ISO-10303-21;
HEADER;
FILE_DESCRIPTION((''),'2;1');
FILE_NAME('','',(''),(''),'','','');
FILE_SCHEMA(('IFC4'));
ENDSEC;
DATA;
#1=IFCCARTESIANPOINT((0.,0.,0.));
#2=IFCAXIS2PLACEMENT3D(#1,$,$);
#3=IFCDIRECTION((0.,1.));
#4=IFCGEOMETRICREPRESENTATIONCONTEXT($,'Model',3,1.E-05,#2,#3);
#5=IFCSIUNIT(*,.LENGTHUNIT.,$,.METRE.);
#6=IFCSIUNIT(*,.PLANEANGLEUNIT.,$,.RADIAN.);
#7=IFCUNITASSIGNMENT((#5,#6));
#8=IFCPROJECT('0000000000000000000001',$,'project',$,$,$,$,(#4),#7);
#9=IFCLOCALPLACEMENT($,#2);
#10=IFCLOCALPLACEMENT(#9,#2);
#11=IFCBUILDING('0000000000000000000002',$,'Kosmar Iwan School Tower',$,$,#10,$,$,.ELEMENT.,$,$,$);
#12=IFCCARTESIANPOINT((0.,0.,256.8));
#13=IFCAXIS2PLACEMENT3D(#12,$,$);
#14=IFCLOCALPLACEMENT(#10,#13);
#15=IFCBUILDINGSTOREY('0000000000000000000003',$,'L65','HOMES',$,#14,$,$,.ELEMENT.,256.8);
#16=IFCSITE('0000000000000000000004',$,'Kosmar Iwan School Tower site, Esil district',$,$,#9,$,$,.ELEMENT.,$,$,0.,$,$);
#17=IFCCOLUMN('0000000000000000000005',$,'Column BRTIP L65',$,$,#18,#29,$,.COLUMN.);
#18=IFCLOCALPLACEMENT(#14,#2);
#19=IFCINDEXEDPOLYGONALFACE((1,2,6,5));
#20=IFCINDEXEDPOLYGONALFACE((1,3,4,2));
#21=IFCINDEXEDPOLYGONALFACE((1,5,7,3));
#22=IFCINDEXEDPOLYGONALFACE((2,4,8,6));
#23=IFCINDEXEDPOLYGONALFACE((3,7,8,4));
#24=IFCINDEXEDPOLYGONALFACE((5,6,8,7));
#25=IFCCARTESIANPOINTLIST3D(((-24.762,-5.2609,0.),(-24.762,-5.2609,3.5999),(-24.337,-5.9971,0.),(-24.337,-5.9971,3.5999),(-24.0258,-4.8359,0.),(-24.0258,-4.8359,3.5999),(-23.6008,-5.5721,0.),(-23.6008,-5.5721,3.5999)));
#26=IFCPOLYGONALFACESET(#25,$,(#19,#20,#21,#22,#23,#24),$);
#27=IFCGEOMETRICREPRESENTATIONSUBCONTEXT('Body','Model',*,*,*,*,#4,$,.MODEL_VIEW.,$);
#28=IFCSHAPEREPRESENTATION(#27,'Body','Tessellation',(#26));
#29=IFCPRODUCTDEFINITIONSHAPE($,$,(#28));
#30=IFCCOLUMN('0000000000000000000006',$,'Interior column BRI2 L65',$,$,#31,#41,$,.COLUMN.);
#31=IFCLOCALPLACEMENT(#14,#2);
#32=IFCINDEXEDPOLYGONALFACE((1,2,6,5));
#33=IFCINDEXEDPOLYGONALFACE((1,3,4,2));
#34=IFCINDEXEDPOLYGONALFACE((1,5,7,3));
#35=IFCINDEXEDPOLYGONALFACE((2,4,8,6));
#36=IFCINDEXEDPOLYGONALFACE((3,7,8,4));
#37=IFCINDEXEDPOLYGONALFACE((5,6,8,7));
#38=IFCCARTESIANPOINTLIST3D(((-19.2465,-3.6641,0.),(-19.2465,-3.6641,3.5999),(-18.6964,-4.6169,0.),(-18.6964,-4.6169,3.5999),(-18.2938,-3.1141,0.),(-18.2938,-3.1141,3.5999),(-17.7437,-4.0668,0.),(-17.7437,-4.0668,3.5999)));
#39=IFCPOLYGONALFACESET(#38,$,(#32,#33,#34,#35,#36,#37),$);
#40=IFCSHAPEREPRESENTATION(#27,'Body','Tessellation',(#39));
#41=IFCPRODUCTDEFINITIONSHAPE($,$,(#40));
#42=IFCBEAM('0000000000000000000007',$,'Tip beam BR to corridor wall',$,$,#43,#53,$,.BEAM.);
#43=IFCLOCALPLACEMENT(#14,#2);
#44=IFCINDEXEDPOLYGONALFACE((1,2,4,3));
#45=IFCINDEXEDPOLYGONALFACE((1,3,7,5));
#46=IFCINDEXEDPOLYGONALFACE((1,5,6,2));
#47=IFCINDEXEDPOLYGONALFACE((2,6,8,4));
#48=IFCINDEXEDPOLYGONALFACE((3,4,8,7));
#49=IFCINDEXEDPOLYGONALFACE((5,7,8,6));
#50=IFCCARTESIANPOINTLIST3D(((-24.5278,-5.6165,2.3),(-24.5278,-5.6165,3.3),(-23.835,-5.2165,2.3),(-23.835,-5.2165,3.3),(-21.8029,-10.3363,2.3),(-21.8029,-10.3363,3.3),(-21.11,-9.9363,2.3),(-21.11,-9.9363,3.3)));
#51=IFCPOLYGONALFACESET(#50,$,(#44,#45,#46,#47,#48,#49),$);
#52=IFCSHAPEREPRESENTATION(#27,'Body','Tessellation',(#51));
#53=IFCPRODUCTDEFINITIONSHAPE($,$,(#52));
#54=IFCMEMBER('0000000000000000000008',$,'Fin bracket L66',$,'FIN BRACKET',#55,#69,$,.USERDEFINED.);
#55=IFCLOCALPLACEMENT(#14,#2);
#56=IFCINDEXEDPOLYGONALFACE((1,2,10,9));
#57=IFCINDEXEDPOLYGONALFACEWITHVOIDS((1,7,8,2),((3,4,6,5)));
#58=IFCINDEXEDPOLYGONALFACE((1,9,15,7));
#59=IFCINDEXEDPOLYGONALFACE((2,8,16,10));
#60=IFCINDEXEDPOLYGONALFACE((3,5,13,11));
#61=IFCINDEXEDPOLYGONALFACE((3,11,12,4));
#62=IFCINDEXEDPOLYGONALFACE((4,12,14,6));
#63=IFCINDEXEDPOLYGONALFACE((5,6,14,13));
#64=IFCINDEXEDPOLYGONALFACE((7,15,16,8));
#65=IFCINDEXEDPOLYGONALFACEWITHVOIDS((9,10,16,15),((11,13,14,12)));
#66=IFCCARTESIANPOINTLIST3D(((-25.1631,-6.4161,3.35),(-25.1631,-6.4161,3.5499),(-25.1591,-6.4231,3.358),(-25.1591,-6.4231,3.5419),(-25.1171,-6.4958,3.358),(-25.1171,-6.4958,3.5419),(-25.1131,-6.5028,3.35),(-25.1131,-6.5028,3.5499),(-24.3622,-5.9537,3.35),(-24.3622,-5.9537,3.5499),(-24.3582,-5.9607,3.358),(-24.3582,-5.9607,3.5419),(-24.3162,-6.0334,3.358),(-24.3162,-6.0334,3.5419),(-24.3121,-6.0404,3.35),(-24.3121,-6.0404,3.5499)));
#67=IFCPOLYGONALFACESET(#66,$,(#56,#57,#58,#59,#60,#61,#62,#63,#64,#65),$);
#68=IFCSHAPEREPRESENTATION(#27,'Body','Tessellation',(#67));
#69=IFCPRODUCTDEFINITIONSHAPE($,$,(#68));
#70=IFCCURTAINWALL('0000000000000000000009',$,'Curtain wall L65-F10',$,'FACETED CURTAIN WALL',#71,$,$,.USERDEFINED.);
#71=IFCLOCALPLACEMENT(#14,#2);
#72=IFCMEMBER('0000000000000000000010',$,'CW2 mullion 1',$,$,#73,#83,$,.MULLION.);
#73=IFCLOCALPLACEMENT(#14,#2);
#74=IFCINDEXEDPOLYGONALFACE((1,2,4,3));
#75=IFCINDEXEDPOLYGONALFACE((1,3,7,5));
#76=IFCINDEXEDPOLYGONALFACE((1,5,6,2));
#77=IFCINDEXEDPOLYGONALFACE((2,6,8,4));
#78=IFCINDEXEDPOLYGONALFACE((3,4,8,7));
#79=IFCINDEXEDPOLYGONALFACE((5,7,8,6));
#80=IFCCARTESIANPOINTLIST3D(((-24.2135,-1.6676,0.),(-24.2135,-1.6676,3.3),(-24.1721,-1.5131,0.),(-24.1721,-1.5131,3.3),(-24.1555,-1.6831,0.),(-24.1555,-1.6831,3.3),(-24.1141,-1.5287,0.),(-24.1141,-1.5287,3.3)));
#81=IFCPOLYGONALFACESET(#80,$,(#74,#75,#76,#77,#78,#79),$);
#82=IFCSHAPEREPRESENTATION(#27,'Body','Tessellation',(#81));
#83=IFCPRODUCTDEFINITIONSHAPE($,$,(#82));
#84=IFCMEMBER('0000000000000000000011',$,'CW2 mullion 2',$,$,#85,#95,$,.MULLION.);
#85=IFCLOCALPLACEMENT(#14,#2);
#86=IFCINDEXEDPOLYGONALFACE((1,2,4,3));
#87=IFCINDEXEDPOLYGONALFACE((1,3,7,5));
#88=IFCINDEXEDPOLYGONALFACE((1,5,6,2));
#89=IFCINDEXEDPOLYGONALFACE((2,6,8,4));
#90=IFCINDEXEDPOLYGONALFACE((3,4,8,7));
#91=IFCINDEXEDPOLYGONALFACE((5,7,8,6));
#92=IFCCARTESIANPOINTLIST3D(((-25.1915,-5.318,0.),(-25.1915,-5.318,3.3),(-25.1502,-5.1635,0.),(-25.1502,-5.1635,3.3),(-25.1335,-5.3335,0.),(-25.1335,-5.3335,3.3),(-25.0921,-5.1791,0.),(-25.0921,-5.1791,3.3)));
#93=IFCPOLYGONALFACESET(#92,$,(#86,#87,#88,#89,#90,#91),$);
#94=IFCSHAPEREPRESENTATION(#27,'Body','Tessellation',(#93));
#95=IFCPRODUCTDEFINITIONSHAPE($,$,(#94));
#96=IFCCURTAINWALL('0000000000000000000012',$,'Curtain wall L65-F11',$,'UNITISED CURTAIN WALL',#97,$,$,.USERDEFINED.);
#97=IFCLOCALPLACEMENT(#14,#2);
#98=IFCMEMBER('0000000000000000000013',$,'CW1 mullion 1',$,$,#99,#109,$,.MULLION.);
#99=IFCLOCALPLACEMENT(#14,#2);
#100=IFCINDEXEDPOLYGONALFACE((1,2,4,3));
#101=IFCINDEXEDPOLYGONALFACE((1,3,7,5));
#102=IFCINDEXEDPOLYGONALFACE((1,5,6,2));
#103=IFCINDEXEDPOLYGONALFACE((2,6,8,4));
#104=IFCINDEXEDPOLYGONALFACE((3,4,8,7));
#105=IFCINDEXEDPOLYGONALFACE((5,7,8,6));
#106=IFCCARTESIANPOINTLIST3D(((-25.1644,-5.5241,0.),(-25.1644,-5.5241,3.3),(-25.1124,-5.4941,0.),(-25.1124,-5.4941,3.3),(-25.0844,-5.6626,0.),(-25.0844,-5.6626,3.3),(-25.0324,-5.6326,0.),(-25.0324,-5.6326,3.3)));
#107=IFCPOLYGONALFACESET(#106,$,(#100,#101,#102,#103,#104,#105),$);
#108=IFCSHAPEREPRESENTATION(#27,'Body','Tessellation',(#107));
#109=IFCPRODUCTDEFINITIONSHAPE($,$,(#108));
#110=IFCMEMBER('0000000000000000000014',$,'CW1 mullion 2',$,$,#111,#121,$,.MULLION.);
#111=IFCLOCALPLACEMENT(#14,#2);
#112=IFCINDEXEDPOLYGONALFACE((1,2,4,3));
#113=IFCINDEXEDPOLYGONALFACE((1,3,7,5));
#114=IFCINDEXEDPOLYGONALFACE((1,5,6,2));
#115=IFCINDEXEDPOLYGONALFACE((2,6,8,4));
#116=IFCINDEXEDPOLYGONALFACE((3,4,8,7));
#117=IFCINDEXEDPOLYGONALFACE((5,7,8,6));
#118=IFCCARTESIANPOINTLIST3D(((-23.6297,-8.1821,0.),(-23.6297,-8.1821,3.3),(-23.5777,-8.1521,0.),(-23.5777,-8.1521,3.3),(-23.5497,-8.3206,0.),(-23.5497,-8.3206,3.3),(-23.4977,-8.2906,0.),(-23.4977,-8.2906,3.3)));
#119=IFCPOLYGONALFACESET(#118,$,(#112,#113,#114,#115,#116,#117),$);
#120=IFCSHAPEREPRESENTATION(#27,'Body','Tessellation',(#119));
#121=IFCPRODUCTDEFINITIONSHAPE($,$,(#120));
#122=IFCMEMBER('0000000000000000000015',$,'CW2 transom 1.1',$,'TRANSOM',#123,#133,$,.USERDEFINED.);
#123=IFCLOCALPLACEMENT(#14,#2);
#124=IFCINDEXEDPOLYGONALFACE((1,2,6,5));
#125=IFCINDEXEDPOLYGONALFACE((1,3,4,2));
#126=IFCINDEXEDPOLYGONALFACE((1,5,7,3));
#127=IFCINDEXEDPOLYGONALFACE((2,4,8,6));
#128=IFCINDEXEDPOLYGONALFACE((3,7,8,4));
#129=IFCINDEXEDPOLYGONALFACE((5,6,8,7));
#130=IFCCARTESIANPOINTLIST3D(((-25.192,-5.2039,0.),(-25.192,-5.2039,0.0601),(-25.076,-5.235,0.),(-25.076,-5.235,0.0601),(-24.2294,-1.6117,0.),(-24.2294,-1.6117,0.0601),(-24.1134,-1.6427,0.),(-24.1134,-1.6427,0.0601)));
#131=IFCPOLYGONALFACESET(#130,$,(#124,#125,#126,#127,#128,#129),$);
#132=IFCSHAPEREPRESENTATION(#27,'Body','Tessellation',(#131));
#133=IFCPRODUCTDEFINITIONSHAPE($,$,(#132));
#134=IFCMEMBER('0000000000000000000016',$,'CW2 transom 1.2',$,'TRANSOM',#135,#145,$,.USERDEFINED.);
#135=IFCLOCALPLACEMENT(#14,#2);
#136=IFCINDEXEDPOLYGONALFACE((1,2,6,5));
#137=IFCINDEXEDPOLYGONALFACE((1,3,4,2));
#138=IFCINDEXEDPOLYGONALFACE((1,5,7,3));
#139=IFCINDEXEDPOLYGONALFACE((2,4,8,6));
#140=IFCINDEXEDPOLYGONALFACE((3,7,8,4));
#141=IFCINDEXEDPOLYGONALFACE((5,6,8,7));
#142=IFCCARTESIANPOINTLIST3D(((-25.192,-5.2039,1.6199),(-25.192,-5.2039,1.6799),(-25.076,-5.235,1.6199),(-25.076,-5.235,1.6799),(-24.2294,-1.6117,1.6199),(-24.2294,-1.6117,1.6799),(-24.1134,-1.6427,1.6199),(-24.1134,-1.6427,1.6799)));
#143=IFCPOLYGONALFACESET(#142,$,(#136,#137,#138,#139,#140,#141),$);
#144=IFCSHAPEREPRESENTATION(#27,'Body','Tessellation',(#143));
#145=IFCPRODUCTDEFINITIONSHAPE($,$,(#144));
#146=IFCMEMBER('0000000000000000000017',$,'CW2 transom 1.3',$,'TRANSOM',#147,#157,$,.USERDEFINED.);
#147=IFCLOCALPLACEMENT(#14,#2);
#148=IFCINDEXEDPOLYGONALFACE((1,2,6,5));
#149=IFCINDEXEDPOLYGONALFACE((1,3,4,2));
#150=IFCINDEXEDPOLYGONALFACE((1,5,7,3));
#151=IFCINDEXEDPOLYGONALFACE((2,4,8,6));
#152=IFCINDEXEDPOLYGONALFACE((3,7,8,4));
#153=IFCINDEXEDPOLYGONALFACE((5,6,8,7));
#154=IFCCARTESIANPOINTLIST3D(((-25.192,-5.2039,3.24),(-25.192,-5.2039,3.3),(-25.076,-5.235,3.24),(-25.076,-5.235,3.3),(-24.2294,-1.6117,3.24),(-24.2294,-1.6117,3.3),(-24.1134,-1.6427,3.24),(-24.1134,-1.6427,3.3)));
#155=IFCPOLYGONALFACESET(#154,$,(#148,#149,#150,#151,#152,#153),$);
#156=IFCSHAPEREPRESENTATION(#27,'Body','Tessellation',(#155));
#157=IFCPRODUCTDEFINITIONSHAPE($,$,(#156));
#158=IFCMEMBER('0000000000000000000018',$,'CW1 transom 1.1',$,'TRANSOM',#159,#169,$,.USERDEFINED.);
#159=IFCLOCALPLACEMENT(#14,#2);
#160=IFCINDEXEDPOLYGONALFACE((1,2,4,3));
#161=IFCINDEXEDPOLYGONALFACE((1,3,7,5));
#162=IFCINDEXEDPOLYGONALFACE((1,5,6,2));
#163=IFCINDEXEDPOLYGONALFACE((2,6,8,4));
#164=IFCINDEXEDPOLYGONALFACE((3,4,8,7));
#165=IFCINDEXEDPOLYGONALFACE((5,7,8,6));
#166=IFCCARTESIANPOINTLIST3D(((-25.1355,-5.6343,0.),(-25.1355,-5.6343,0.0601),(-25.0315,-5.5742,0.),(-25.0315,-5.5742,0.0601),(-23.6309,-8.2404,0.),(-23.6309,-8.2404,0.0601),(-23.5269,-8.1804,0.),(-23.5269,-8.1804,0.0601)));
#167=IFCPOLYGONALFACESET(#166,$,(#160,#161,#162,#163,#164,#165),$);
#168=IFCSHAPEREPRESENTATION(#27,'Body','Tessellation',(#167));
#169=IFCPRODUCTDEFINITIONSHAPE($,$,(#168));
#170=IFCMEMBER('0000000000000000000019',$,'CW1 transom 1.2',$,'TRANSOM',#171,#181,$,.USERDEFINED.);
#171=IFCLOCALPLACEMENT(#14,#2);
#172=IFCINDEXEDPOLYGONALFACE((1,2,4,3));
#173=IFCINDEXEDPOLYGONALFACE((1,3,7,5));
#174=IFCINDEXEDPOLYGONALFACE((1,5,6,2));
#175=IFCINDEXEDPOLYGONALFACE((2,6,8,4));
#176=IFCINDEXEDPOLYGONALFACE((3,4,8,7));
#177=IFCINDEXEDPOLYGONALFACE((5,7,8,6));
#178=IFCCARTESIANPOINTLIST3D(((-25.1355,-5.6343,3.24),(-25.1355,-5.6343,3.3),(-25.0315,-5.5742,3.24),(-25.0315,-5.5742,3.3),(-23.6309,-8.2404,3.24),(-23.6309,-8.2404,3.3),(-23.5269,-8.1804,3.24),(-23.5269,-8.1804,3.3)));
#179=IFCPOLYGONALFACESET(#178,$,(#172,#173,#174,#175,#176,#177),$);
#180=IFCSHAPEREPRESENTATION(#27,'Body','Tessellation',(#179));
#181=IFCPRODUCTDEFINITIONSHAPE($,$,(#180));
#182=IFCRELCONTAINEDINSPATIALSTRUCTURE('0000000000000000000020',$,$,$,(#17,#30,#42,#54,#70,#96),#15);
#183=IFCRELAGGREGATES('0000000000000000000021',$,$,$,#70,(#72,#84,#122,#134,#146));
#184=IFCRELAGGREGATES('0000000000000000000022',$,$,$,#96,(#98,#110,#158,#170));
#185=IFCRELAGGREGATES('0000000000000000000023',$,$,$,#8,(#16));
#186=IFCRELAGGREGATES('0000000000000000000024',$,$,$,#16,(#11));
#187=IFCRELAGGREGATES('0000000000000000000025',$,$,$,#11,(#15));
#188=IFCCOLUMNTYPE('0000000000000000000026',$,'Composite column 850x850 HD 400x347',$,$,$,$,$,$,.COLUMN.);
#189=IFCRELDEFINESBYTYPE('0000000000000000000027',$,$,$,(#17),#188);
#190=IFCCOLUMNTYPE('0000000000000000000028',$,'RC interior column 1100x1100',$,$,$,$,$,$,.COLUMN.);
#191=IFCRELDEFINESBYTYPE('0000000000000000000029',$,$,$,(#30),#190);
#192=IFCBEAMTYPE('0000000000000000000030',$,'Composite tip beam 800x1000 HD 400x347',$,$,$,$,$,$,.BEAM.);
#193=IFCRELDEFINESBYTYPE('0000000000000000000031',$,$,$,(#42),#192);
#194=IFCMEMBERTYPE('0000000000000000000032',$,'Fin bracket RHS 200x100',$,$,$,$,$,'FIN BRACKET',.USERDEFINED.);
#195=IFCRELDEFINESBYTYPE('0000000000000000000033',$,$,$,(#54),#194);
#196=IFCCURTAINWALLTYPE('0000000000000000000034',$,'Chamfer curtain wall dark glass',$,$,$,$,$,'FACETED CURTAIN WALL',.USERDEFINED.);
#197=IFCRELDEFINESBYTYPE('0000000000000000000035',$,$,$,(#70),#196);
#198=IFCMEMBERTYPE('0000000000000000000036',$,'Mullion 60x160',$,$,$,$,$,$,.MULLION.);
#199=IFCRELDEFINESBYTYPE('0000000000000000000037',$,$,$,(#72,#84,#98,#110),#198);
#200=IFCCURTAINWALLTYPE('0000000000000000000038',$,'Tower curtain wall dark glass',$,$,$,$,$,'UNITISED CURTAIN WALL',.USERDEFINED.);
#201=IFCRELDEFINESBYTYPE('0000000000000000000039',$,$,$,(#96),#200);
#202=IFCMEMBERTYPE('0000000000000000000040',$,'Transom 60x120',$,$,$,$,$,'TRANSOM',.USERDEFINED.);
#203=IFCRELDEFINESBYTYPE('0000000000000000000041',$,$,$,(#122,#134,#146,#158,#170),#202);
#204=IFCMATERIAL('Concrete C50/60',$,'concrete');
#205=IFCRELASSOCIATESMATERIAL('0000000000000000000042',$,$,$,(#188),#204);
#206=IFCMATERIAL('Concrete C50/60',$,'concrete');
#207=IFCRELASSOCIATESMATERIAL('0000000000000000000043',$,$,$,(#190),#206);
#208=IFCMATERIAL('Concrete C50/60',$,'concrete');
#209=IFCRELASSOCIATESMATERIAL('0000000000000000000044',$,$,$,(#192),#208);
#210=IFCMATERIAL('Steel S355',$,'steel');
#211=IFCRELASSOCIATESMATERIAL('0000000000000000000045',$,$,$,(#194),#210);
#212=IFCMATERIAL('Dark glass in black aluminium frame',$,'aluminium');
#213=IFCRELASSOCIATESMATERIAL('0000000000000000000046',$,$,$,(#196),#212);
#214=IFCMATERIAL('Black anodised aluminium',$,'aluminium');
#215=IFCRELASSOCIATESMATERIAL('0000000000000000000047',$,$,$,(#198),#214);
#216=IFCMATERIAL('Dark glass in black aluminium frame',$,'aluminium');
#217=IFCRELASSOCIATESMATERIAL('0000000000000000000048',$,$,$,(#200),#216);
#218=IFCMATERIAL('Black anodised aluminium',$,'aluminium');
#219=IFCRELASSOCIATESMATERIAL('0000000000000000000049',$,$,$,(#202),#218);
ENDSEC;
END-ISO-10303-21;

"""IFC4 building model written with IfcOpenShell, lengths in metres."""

from ifc_helpers import new_model, si_unit, direction, frame, origin, origin_2d, place, context, subcontext, project, spatial, rectangle, hollow_rectangle, extrude, material, material_profile, profile_set, type_object, element, aggregate, save


model = new_model("IFC4")

# Units and contexts
model_context = context("Model", 3, precision=1e-05, world=origin(), true_north=direction((0.0, 1.0)))
body_context = subcontext(model_context, "Body", "Model", "MODEL_VIEW")
ifc_project = project(units=[si_unit("LENGTHUNIT", "METRE"), si_unit("PLANEANGLEUNIT", "RADIAN")], contexts=[model_context])

# Site, building, storey
site_placement = place(None, origin())
site = spatial("IfcSite", under=ifc_project, at=site_placement, Name="Kosmar Iwan School Tower site, Esil district", CompositionType="ELEMENT", RefElevation=0.0)
building_placement = place(site_placement, origin())
building = spatial("IfcBuilding", under=site, at=building_placement, Name="Kosmar Iwan School Tower", CompositionType="ELEMENT")
storey_placement = place(building_placement, frame((0.0, 0.0, 256.8)))
storey = spatial("IfcBuildingStorey", under=building, at=storey_placement, Name="L65", Description="HOMES", CompositionType="ELEMENT", Elevation=256.8)

# Columns
ifc_material_1 = material(Name="Concrete C50/60", Category="concrete")
ifc_material_profile_1 = material_profile(ifc_material_1, rectangle(XDim=0.8501, YDim=0.8501, at=origin_2d()), Name="RC 850x850 + HD 400x347")
ifc_profile_set_1 = profile_set([ifc_material_profile_1], Name="Concrete C50/60")
column_type_1 = type_object("IfcColumnType", Name="Composite column 850x850 HD 400x347", PredefinedType="COLUMN", material=ifc_profile_set_1)
column_1_placement = place(storey_placement, frame((-24.1814, -5.4165, 0.0), z_axis=(0.0, 0.0, 1.0), x_axis=(-0.866025, -0.5, 0.0)))
element("IfcColumn", 1, at=column_1_placement, inside=storey, type_object=column_type_1, Name="Column BRTIP L65", PredefinedType="COLUMN", context=body_context, shape_type="SweptSolid", body=[
    extrude(rectangle(XDim=0.8501, YDim=0.8501, at=origin_2d()), origin(), (0.0, 0.0, 1.0), 3.5999),
])
ifc_material_2 = material(Name="Concrete C50/60", Category="concrete")
ifc_material_profile_2 = material_profile(ifc_material_2, rectangle(XDim=1.1001, YDim=1.1001, at=origin_2d()), Name="RC 1100x1100")
ifc_profile_set_2 = profile_set([ifc_material_profile_2], Name="Concrete C50/60")
column_type_2 = type_object("IfcColumnType", Name="RC interior column 1100x1100", PredefinedType="COLUMN", material=ifc_profile_set_2)
column_2_placement = place(storey_placement, frame((-18.4951, -3.8655, 0.0), z_axis=(0.0, 0.0, 1.0), x_axis=(-0.866025, -0.5, 0.0)))
element("IfcColumn", 2, at=column_2_placement, inside=storey, type_object=column_type_2, Name="Interior column BRI2 L65", PredefinedType="COLUMN", context=body_context, shape_type="SweptSolid", body=[
    extrude(rectangle(XDim=1.1001, YDim=1.1001, at=origin_2d()), origin(), (0.0, 0.0, 1.0), 3.5999),
])

# Beam
ifc_material_3 = material(Name="Concrete C50/60", Category="concrete")
ifc_material_profile_3 = material_profile(ifc_material_3, rectangle(XDim=0.8, YDim=1.0, at=origin_2d()), Name="RC 800x1000 + HD 400x347")
ifc_profile_set_3 = profile_set([ifc_material_profile_3], Name="Concrete C50/60")
beam_type = type_object("IfcBeamType", Name="Composite tip beam 800x1000 HD 400x347", PredefinedType="BEAM", material=ifc_profile_set_3)
beam_placement = place(storey_placement, frame((-24.1814, -5.4165, 2.8), z_axis=(0.499989, -0.866032, 0.0), x_axis=(0.866032, 0.499989, 0.0)))
element("IfcBeam", 3, at=beam_placement, inside=storey, type_object=beam_type, Name="Tip beam BR to corridor wall", PredefinedType="BEAM", context=body_context, shape_type="SweptSolid", body=[
    extrude(rectangle(XDim=0.8, YDim=1.0, at=origin_2d()), origin(), (0.0, 0.0, 1.0), 5.45),
])

# Member
ifc_material_4 = material(Name="Steel S355", Category="steel")
ifc_material_profile_4 = material_profile(ifc_material_4, hollow_rectangle(XDim=0.1001, YDim=0.2, WallThickness=0.0081, at=origin_2d()), Name="RHS 200x100x8")
ifc_profile_set_4 = profile_set([ifc_material_profile_4], Name="Steel S355")
member_type_1 = type_object("IfcMemberType", Name="Fin bracket RHS 200x100", ElementType="FIN BRACKET", PredefinedType="USERDEFINED", material=ifc_profile_set_4)
member_1_placement = place(storey_placement, frame((-24.3372, -5.9971, 3.45), z_axis=(-0.866058, -0.499943, 0.0), x_axis=(0.499943, -0.866058, 0.0)))
element("IfcMember", 4, at=member_1_placement, inside=storey, type_object=member_type_1, Name="Fin bracket L66", ObjectType="FIN BRACKET", PredefinedType="USERDEFINED", context=body_context, shape_type="SweptSolid", body=[
    extrude(hollow_rectangle(XDim=0.1001, YDim=0.2, WallThickness=0.0081, at=origin_2d()), origin(), (0.0, 0.0, 1.0), 0.9248),
])

# Curtain walls, members
ifc_material_5 = material(Name="Dark glass in black aluminium frame", Category="aluminium")
curtain_wall_type_1 = type_object("IfcCurtainWallType", Name="Chamfer curtain wall dark glass", ElementType="FACETED CURTAIN WALL", PredefinedType="USERDEFINED", material=ifc_material_5)
curtain_wall_1_placement = place(storey_placement, origin())
curtain_wall_1 = element("IfcCurtainWall", 5, at=curtain_wall_1_placement, inside=storey, type_object=curtain_wall_type_1, Name="Curtain wall L65-F10", ObjectType="FACETED CURTAIN WALL", PredefinedType="USERDEFINED")
ifc_material_6 = material(Name="Black anodised aluminium", Category="aluminium")
ifc_material_profile_5 = material_profile(ifc_material_6, rectangle(XDim=0.0601, YDim=0.1599, at=origin_2d()), Name="MULLION 60x160")
ifc_profile_set_5 = profile_set([ifc_material_profile_5], Name="Black anodised aluminium")
member_type_2 = type_object("IfcMemberType", Name="Mullion 60x160", PredefinedType="MULLION", material=ifc_profile_set_5)
member_2_placement = place(storey_placement, frame((-24.1638, -1.5981, 0.0), z_axis=(0.0, 0.0, 1.0), x_axis=(0.965926, -0.258819, 0.0)))
member_2 = element("IfcMember", 6, at=member_2_placement, type_object=member_type_2, Name="CW2 mullion 1", PredefinedType="MULLION", context=body_context, shape_type="SweptSolid", body=[
    extrude(rectangle(XDim=0.0601, YDim=0.1599, at=origin_2d()), origin(), (0.0, 0.0, 1.0), 3.3),
])
member_3_placement = place(storey_placement, frame((-25.1418, -5.2485, 0.0), z_axis=(0.0, 0.0, 1.0), x_axis=(0.965926, -0.258819, 0.0)))
member_3 = element("IfcMember", 7, at=member_3_placement, type_object=member_type_2, Name="CW2 mullion 2", PredefinedType="MULLION", context=body_context, shape_type="SweptSolid", body=[
    extrude(rectangle(XDim=0.0601, YDim=0.1599, at=origin_2d()), origin(), (0.0, 0.0, 1.0), 3.3),
])
ifc_material_7 = material(Name="Dark glass in black aluminium frame", Category="aluminium")
curtain_wall_type_2 = type_object("IfcCurtainWallType", Name="Tower curtain wall dark glass", ElementType="UNITISED CURTAIN WALL", PredefinedType="USERDEFINED", material=ifc_material_7)
curtain_wall_2_placement = place(storey_placement, origin())
curtain_wall_2 = element("IfcCurtainWall", 8, at=curtain_wall_2_placement, inside=storey, type_object=curtain_wall_type_2, Name="Curtain wall L65-F11", ObjectType="UNITISED CURTAIN WALL", PredefinedType="USERDEFINED")
member_4_placement = place(storey_placement, frame((-25.0984, -5.5784, 0.0), z_axis=(0.0, 0.0, 1.0), x_axis=(0.866025, 0.5, 0.0)))
member_4 = element("IfcMember", 9, at=member_4_placement, type_object=member_type_2, Name="CW1 mullion 1", PredefinedType="MULLION", context=body_context, shape_type="SweptSolid", body=[
    extrude(rectangle(XDim=0.0601, YDim=0.1599, at=origin_2d()), origin(), (0.0, 0.0, 1.0), 3.3),
])
member_5_placement = place(storey_placement, frame((-23.5637, -8.2363, 0.0), z_axis=(0.0, 0.0, 1.0), x_axis=(0.866025, 0.5, 0.0)))
member_5 = element("IfcMember", 10, at=member_5_placement, type_object=member_type_2, Name="CW1 mullion 2", PredefinedType="MULLION", context=body_context, shape_type="SweptSolid", body=[
    extrude(rectangle(XDim=0.0601, YDim=0.1599, at=origin_2d()), origin(), (0.0, 0.0, 1.0), 3.3),
])

# Members
ifc_material_8 = material(Name="Black anodised aluminium", Category="aluminium")
ifc_material_profile_6 = material_profile(ifc_material_8, rectangle(XDim=0.1201, YDim=0.0601, at=origin_2d()), Name="TRANSOM 60x120")
ifc_profile_set_6 = profile_set([ifc_material_profile_6], Name="Black anodised aluminium")
member_type_3 = type_object("IfcMemberType", Name="Transom 60x120", ElementType="TRANSOM", PredefinedType="USERDEFINED", material=ifc_profile_set_6)
member_6_placement = place(storey_placement, frame((-24.1714, -1.6272, 0.03), z_axis=(-0.258843, -0.965919, 0.0), x_axis=(0.965919, -0.258843, 0.0)))
member_6 = element("IfcMember", 11, at=member_6_placement, type_object=member_type_3, Name="CW2 transom 1.1", ObjectType="TRANSOM", PredefinedType="USERDEFINED", context=body_context, shape_type="SweptSolid", body=[
    extrude(rectangle(XDim=0.1201, YDim=0.0601, at=origin_2d()), origin(), (0.0, 0.0, 1.0), 3.719),
])
member_7_placement = place(storey_placement, frame((-24.1714, -1.6272, 1.6499), z_axis=(-0.258843, -0.965919, 0.0), x_axis=(0.965919, -0.258843, 0.0)))
member_7 = element("IfcMember", 12, at=member_7_placement, type_object=member_type_3, Name="CW2 transom 1.2", ObjectType="TRANSOM", PredefinedType="USERDEFINED", context=body_context, shape_type="SweptSolid", body=[
    extrude(rectangle(XDim=0.1201, YDim=0.0601, at=origin_2d()), origin(), (0.0, 0.0, 1.0), 3.719),
])
member_8_placement = place(storey_placement, frame((-24.1714, -1.6272, 3.27), z_axis=(-0.258843, -0.965919, 0.0), x_axis=(0.965919, -0.258843, 0.0)))
member_8 = element("IfcMember", 13, at=member_8_placement, type_object=member_type_3, Name="CW2 transom 1.3", ObjectType="TRANSOM", PredefinedType="USERDEFINED", context=body_context, shape_type="SweptSolid", body=[
    extrude(rectangle(XDim=0.1201, YDim=0.0601, at=origin_2d()), origin(), (0.0, 0.0, 1.0), 3.719),
])
member_9_placement = place(storey_placement, frame((-25.0835, -5.6042, 0.03), z_axis=(0.499987, -0.866033, 0.0), x_axis=(0.866033, 0.499987, 0.0)))
member_9 = element("IfcMember", 14, at=member_9_placement, type_object=member_type_3, Name="CW1 transom 1.1", ObjectType="TRANSOM", PredefinedType="USERDEFINED", context=body_context, shape_type="SweptSolid", body=[
    extrude(rectangle(XDim=0.1201, YDim=0.0601, at=origin_2d()), origin(), (0.0, 0.0, 1.0), 3.0093),
])
member_10_placement = place(storey_placement, frame((-25.0835, -5.6042, 3.27), z_axis=(0.499987, -0.866033, 0.0), x_axis=(0.866033, 0.499987, 0.0)))
member_10 = element("IfcMember", 15, at=member_10_placement, type_object=member_type_3, Name="CW1 transom 1.2", ObjectType="TRANSOM", PredefinedType="USERDEFINED", context=body_context, shape_type="SweptSolid", body=[
    extrude(rectangle(XDim=0.1201, YDim=0.0601, at=origin_2d()), origin(), (0.0, 0.0, 1.0), 3.0093),
])

aggregate(curtain_wall_1, [member_2, member_3, member_6, member_7, member_8])
aggregate(curtain_wall_2, [member_4, member_5, member_9, member_10])

save(model, "model.ifc")
